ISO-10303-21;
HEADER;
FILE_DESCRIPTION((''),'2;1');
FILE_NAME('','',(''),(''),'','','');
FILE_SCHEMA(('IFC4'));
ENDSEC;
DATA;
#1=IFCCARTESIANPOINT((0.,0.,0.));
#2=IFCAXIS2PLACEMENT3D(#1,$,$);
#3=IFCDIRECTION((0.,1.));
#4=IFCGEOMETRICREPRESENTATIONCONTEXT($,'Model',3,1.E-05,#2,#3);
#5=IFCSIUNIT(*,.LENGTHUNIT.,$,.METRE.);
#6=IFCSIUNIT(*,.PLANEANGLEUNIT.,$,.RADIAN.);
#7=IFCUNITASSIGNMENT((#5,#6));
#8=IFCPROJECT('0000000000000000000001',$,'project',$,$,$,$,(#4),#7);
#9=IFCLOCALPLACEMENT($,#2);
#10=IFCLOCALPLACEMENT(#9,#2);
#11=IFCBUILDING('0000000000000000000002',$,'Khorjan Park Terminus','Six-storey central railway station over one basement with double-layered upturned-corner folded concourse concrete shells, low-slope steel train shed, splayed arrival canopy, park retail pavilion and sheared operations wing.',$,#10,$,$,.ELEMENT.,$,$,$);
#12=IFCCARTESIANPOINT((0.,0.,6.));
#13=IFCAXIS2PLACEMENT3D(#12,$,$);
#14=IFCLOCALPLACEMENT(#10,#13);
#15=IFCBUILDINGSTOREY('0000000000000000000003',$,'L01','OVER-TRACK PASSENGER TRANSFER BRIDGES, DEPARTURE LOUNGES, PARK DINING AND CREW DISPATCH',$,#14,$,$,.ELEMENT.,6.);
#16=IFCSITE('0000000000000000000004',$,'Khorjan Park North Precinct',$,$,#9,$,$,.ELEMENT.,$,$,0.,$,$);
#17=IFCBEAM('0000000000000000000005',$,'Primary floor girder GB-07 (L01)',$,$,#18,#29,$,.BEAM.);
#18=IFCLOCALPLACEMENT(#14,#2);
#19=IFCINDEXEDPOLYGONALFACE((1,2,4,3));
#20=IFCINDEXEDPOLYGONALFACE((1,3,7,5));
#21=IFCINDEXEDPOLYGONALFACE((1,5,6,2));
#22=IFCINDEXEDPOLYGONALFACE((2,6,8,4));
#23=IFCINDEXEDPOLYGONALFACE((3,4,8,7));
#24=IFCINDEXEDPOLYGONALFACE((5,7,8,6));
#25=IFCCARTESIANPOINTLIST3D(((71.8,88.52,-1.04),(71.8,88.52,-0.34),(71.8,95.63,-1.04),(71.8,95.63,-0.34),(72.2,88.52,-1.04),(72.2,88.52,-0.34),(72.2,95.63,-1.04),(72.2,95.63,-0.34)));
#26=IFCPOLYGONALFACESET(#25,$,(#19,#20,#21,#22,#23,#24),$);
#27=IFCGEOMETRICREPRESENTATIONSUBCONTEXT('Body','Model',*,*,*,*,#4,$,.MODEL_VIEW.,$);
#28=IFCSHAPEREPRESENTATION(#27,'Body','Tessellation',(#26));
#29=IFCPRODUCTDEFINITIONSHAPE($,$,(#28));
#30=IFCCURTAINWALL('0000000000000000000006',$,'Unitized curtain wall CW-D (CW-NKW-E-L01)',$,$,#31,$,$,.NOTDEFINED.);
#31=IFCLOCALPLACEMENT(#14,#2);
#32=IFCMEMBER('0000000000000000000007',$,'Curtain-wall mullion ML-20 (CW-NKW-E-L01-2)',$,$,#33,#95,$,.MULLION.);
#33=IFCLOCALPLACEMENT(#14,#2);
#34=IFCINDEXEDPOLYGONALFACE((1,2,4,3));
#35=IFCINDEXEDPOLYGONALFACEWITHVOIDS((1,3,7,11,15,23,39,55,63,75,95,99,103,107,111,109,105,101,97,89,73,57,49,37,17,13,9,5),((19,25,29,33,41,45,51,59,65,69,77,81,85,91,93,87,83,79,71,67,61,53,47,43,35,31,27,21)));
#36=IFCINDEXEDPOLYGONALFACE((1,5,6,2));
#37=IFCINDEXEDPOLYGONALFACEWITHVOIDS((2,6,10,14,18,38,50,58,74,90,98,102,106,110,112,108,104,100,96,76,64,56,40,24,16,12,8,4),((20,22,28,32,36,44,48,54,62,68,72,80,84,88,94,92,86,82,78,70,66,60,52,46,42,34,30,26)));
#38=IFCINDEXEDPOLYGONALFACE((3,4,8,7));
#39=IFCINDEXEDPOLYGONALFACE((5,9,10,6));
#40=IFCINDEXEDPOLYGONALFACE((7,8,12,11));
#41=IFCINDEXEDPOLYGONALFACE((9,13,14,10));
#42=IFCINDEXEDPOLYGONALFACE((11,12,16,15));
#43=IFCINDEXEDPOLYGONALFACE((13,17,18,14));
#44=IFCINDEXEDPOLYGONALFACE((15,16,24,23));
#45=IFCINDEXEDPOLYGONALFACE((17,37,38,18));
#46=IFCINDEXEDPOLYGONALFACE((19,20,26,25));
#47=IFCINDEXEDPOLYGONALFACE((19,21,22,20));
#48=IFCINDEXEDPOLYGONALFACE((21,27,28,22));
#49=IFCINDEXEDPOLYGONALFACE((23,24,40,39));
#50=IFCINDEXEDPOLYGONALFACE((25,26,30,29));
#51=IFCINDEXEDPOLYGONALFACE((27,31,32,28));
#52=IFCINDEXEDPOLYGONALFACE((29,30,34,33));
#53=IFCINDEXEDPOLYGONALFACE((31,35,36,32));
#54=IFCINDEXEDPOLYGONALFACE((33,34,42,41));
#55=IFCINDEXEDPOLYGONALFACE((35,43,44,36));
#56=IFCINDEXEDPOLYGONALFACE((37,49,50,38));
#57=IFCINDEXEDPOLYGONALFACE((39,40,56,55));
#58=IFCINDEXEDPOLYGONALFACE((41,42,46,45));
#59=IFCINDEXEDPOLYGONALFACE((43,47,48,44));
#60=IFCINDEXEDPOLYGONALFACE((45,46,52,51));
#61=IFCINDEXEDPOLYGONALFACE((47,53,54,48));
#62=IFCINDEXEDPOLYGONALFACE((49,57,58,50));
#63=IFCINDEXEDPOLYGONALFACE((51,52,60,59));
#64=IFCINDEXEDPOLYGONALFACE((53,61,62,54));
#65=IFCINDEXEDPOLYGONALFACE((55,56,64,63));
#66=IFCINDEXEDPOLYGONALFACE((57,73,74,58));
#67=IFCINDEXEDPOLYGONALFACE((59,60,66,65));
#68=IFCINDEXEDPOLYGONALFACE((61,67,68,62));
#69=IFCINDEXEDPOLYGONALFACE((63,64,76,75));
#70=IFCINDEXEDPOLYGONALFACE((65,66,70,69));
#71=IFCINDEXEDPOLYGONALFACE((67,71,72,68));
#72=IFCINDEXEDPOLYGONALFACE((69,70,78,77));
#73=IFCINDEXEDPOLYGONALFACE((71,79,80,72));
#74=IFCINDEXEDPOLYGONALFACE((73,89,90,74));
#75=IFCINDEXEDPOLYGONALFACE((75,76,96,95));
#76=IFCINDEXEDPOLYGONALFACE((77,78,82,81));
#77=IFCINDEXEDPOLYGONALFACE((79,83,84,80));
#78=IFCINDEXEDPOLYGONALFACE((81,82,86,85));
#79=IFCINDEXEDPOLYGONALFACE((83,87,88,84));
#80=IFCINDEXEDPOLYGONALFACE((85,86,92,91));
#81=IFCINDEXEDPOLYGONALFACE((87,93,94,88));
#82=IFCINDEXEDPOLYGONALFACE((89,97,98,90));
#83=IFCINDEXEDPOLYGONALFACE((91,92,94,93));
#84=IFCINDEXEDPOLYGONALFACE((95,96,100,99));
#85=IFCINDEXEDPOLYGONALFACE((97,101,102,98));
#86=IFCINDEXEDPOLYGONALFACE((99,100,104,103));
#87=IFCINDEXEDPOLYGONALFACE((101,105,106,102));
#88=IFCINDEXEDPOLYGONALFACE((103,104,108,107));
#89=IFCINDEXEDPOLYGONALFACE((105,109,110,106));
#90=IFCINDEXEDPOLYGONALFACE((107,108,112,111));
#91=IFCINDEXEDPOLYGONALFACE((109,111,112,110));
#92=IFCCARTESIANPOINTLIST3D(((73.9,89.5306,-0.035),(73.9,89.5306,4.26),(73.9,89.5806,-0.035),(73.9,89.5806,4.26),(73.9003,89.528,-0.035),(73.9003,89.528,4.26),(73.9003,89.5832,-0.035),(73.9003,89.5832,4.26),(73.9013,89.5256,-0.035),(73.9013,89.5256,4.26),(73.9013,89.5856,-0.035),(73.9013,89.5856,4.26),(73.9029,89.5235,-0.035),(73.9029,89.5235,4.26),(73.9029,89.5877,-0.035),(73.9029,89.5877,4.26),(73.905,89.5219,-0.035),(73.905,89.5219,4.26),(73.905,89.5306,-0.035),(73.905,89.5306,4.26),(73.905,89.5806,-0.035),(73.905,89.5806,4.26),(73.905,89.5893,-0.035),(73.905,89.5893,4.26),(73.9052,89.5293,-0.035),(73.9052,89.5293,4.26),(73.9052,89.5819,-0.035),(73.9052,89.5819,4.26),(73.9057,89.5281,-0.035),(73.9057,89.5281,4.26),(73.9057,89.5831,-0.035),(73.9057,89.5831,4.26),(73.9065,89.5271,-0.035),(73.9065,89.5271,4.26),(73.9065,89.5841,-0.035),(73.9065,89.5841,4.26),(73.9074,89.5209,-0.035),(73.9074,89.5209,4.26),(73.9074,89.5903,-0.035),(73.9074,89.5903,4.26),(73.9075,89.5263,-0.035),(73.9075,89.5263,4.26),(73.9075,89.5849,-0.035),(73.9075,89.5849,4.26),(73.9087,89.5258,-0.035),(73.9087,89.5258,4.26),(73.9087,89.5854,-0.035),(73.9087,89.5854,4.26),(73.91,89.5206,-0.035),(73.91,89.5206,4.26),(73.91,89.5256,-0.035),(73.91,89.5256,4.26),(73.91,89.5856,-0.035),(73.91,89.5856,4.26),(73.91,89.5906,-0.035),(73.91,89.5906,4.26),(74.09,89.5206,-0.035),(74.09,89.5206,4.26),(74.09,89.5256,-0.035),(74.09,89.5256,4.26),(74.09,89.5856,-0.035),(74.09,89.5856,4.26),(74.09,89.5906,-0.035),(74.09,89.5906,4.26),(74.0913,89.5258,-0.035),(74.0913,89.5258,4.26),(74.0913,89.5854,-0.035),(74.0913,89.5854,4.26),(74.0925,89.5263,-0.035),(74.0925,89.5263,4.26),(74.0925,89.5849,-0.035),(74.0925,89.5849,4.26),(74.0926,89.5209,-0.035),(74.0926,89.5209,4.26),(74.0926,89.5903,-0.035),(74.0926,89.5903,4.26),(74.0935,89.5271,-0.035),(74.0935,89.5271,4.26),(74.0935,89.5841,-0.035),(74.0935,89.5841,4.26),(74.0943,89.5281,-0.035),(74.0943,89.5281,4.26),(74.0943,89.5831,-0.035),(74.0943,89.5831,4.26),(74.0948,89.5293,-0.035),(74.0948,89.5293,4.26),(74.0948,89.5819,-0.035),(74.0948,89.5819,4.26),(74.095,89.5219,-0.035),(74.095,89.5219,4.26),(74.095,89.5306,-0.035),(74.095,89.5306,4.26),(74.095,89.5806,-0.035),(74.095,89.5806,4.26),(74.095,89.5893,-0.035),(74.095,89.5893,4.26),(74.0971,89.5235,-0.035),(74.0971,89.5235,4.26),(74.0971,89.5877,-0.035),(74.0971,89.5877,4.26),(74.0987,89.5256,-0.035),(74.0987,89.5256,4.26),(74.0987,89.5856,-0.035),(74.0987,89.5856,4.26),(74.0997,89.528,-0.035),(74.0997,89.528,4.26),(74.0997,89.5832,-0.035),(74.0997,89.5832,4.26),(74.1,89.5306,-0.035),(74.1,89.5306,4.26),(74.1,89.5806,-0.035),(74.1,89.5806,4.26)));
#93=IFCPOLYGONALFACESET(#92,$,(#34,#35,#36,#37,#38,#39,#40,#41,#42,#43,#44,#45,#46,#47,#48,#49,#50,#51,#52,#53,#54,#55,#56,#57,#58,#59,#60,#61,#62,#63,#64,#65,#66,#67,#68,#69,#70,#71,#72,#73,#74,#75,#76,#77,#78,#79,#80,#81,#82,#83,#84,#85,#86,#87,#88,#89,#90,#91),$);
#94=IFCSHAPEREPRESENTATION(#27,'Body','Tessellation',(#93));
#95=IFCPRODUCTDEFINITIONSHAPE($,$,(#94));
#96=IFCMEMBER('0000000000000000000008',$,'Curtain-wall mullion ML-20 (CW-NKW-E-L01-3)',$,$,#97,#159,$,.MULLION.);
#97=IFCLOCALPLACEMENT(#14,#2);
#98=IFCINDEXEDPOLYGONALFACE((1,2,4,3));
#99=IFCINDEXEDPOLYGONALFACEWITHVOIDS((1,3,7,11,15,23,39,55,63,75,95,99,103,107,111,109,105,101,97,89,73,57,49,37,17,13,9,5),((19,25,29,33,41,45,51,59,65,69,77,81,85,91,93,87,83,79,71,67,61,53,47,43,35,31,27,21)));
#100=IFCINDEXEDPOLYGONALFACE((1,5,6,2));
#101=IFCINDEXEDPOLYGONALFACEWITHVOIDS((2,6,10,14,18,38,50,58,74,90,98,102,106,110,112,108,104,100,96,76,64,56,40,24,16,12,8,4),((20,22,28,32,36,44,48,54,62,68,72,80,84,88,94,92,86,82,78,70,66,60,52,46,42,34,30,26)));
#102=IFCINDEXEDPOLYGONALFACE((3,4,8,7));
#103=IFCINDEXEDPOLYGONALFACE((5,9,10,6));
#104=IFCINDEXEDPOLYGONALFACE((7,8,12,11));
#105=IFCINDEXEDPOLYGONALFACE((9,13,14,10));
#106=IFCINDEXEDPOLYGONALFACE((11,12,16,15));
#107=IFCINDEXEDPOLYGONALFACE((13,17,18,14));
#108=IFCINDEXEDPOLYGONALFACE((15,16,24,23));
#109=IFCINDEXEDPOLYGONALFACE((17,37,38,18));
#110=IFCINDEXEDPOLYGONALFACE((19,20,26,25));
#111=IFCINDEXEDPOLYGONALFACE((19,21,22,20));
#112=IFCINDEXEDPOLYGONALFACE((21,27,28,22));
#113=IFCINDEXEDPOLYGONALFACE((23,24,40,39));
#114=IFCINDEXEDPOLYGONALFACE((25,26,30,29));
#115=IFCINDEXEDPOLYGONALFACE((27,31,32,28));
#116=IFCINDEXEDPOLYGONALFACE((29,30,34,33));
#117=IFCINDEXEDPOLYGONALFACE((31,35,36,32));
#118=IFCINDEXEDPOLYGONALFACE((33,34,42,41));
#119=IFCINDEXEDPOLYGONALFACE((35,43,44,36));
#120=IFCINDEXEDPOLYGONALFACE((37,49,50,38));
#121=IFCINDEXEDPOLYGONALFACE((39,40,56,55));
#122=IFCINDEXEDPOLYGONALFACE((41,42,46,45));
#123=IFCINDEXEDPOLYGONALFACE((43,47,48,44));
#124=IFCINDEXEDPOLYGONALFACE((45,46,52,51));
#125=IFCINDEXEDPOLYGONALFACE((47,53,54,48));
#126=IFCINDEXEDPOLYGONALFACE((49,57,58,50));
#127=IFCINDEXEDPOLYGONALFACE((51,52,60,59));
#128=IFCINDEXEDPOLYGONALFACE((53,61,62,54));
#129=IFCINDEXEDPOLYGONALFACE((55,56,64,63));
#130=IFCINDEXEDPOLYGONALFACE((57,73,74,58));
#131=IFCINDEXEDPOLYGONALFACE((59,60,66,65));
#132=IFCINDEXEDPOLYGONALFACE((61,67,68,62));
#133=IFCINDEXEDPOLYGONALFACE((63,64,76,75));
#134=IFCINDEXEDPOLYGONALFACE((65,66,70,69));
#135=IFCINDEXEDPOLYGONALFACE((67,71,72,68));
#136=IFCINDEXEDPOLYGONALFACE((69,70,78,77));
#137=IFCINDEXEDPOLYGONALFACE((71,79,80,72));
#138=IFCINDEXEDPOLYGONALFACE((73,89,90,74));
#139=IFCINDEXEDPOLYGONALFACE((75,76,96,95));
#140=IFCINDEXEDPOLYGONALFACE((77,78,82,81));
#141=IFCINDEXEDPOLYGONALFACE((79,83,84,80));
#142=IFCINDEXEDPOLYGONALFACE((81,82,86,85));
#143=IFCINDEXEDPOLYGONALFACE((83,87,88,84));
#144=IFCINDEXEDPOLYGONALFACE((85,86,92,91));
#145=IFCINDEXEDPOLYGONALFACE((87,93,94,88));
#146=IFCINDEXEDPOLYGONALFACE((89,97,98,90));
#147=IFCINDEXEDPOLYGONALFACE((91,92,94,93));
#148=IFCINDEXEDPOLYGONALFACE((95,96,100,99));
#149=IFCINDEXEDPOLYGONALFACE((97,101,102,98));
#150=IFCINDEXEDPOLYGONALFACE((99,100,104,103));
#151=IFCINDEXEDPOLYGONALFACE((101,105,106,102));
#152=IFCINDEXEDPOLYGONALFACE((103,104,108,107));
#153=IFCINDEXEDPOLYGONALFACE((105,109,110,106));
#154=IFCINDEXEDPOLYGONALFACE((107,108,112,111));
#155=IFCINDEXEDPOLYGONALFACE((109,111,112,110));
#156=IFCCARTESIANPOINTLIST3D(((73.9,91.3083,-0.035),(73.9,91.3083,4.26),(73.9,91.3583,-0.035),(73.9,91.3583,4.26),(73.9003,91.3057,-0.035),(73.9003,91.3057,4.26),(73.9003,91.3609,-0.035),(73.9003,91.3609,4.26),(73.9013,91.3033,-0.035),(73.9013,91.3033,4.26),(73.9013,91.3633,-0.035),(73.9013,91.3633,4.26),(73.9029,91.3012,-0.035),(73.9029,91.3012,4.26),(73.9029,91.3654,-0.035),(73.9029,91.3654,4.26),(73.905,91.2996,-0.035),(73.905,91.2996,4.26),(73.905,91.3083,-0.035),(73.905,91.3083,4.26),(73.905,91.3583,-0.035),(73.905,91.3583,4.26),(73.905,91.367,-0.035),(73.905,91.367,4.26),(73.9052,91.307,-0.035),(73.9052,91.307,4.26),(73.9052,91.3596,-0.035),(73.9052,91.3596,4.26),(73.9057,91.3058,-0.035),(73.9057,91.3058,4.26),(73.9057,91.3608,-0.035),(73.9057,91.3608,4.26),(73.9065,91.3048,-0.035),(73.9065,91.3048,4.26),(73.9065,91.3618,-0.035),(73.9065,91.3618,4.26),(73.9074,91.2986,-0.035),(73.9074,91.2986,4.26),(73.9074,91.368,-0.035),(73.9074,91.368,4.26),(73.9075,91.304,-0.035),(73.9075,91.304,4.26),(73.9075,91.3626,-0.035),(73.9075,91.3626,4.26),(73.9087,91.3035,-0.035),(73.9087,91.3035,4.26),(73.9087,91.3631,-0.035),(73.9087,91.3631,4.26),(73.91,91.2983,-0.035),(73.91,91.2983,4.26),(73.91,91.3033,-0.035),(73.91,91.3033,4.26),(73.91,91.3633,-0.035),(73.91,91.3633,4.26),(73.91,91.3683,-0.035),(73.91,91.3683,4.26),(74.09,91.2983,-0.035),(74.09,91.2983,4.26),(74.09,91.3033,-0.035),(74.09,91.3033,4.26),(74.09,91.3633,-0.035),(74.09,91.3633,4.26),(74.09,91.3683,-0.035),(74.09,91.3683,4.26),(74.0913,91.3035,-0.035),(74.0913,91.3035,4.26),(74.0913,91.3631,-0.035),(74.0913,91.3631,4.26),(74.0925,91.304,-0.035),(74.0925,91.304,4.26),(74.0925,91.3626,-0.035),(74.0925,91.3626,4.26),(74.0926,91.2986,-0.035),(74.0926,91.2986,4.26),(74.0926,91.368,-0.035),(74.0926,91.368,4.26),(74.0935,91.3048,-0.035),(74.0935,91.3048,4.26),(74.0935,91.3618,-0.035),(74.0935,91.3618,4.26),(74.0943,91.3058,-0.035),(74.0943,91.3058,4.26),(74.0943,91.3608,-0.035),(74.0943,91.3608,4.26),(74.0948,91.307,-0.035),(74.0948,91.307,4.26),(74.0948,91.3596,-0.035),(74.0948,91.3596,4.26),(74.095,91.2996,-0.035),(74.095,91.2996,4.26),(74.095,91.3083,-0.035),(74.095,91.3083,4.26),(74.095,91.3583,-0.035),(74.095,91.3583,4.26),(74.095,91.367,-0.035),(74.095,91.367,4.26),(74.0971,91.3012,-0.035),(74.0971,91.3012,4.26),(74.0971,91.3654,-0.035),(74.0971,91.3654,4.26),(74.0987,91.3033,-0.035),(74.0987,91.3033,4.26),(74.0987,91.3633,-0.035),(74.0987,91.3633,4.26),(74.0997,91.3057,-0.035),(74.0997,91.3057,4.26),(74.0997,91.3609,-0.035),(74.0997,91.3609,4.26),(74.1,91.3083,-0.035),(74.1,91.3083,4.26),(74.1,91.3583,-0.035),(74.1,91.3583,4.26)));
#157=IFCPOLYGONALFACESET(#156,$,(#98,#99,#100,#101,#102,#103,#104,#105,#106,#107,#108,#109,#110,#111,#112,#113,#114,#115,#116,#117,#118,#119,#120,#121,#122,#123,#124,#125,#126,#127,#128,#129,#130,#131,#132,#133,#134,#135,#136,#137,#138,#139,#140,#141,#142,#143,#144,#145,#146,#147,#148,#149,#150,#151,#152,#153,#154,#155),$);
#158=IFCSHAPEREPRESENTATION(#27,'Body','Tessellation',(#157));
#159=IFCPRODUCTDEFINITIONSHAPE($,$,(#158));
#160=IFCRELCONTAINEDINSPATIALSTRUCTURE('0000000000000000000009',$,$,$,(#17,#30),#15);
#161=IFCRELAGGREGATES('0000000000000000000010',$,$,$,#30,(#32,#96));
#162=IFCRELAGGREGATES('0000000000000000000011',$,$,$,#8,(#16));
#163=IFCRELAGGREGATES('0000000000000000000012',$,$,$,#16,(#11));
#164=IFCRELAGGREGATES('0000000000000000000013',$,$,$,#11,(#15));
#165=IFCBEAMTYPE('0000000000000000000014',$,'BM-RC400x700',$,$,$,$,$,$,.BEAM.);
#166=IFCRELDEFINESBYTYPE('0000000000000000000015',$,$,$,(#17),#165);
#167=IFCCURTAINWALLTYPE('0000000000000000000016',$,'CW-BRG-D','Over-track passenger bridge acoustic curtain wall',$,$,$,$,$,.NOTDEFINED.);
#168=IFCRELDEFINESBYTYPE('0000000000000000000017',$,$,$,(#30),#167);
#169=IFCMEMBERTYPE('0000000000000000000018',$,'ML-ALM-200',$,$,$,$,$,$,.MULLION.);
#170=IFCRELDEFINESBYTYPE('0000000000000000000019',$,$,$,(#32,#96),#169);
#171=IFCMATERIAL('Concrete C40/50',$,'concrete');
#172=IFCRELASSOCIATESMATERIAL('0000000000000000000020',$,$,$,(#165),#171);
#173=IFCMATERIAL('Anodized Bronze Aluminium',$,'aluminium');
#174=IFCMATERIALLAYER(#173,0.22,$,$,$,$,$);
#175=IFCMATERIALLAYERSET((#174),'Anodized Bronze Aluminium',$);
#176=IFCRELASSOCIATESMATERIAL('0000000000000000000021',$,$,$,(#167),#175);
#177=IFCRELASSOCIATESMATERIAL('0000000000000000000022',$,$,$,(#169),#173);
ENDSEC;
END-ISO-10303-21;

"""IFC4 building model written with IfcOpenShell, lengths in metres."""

from ifc_helpers import new_model, si_unit, direction, frame, origin, origin_2d, place, context, subcontext, project, spatial, rectangle, hollow_rectangle, extrude, material, layer, layer_set, material_profile, profile_set, type_object, element, aggregate, save


model = new_model("IFC4")

# Units and contexts
model_context = context("Model", 3, precision=1e-05, world=origin(), true_north=direction((0.0, 1.0)))
body_context = subcontext(model_context, "Body", "Model", "MODEL_VIEW")
ifc_project = project(units=[si_unit("LENGTHUNIT", "METRE"), si_unit("PLANEANGLEUNIT", "RADIAN")], contexts=[model_context])

# Site, building, storey
site_placement = place(None, origin())
site = spatial("IfcSite", under=ifc_project, at=site_placement, Name="Khorjan Park North Precinct", CompositionType="ELEMENT", RefElevation=0.0)
building_placement = place(site_placement, origin())
building = spatial("IfcBuilding", under=site, at=building_placement, Name="Khorjan Park Terminus", Description="Six-storey central railway station over one basement with double-layered upturned-corner folded concourse concrete shells, low-slope steel train shed, splayed arrival canopy, park retail pavilion and sheared operations wing.", CompositionType="ELEMENT")
storey_placement = place(building_placement, frame((0.0, 0.0, 6.0)))
storey = spatial("IfcBuildingStorey", under=building, at=storey_placement, Name="L01", Description="OVER-TRACK PASSENGER TRANSFER BRIDGES, DEPARTURE LOUNGES, PARK DINING AND CREW DISPATCH", CompositionType="ELEMENT", Elevation=6.0)

# Beam
ifc_material_1 = material(Name="Concrete C40/50", Category="concrete")
ifc_material_profile_1 = material_profile(ifc_material_1, rectangle(XDim=0.4, YDim=0.7, at=origin_2d()), Name="RC 400x700")
ifc_profile_set_1 = profile_set([ifc_material_profile_1], Name="Concrete C40/50")
beam_type = type_object("IfcBeamType", Name="BM-RC400x700", PredefinedType="BEAM", material=ifc_profile_set_1)
beam_placement = place(storey_placement, frame((72.0, 88.52, -0.69), z_axis=(0.0, 1.0, 0.0), x_axis=(-1.0, 0.0, 0.0)))
element("IfcBeam", 1, at=beam_placement, inside=storey, type_object=beam_type, Name="Primary floor girder GB-07 (L01)", PredefinedType="BEAM", context=body_context, shape_type="SweptSolid", body=[
    extrude(rectangle(XDim=0.4, YDim=0.7, at=origin_2d()), origin(), (0.0, 0.0, 1.0), 7.11),
])

# Curtain wall, members
ifc_material_2 = material(Name="Anodized Bronze Aluminium", Category="aluminium")
ifc_layer_1 = layer(ifc_material_2, 0.22)
ifc_layer_set_1 = layer_set([ifc_layer_1], Name="Anodized Bronze Aluminium")
curtain_wall_type = type_object("IfcCurtainWallType", Name="CW-BRG-D", Description="Over-track passenger bridge acoustic curtain wall", PredefinedType="NOTDEFINED", material=ifc_layer_set_1)
curtain_wall_placement = place(storey_placement, origin())
curtain_wall = element("IfcCurtainWall", 2, at=curtain_wall_placement, inside=storey, type_object=curtain_wall_type, Name="Unitized curtain wall CW-D (CW-NKW-E-L01)", PredefinedType="NOTDEFINED")
ifc_material_profile_2 = material_profile(ifc_material_2, hollow_rectangle(XDim=0.07, YDim=0.2, WallThickness=0.005, InnerFilletRadius=0.005, OuterFilletRadius=0.01, at=origin_2d()), Name="ALM 70x200x5")
ifc_profile_set_2 = profile_set([ifc_material_profile_2], Name="Anodized Bronze Aluminium")
member_type_1 = type_object("IfcMemberType", Name="ML-ALM-200", PredefinedType="MULLION", material=ifc_profile_set_2)
member_1_placement = place(storey_placement, frame((74.0, 89.5556, -0.035), z_axis=(0.0, 0.0, 1.0), x_axis=(0.0, 1.0, 0.0)))
member_1 = element("IfcMember", 3, at=member_1_placement, type_object=member_type_1, Name="Curtain-wall mullion ML-20 (CW-NKW-E-L01-2)", PredefinedType="MULLION", context=body_context, shape_type="SweptSolid", body=[
    extrude(hollow_rectangle(XDim=0.07, YDim=0.2, WallThickness=0.005, InnerFilletRadius=0.005, OuterFilletRadius=0.01, at=origin_2d()), origin(), (0.0, 0.0, 1.0), 4.295),
])
member_2_placement = place(storey_placement, frame((74.0, 91.3333, -0.035), z_axis=(0.0, 0.0, 1.0), x_axis=(0.0, 1.0, 0.0)))
member_2 = element("IfcMember", 4, at=member_2_placement, type_object=member_type_1, Name="Curtain-wall mullion ML-20 (CW-NKW-E-L01-3)", PredefinedType="MULLION", context=body_context, shape_type="SweptSolid", body=[
    extrude(hollow_rectangle(XDim=0.07, YDim=0.2, WallThickness=0.005, InnerFilletRadius=0.005, OuterFilletRadius=0.01, at=origin_2d()), origin(), (0.0, 0.0, 1.0), 4.295),
])
aggregate(curtain_wall, [member_1, member_2])

save(model, "model.ifc")
